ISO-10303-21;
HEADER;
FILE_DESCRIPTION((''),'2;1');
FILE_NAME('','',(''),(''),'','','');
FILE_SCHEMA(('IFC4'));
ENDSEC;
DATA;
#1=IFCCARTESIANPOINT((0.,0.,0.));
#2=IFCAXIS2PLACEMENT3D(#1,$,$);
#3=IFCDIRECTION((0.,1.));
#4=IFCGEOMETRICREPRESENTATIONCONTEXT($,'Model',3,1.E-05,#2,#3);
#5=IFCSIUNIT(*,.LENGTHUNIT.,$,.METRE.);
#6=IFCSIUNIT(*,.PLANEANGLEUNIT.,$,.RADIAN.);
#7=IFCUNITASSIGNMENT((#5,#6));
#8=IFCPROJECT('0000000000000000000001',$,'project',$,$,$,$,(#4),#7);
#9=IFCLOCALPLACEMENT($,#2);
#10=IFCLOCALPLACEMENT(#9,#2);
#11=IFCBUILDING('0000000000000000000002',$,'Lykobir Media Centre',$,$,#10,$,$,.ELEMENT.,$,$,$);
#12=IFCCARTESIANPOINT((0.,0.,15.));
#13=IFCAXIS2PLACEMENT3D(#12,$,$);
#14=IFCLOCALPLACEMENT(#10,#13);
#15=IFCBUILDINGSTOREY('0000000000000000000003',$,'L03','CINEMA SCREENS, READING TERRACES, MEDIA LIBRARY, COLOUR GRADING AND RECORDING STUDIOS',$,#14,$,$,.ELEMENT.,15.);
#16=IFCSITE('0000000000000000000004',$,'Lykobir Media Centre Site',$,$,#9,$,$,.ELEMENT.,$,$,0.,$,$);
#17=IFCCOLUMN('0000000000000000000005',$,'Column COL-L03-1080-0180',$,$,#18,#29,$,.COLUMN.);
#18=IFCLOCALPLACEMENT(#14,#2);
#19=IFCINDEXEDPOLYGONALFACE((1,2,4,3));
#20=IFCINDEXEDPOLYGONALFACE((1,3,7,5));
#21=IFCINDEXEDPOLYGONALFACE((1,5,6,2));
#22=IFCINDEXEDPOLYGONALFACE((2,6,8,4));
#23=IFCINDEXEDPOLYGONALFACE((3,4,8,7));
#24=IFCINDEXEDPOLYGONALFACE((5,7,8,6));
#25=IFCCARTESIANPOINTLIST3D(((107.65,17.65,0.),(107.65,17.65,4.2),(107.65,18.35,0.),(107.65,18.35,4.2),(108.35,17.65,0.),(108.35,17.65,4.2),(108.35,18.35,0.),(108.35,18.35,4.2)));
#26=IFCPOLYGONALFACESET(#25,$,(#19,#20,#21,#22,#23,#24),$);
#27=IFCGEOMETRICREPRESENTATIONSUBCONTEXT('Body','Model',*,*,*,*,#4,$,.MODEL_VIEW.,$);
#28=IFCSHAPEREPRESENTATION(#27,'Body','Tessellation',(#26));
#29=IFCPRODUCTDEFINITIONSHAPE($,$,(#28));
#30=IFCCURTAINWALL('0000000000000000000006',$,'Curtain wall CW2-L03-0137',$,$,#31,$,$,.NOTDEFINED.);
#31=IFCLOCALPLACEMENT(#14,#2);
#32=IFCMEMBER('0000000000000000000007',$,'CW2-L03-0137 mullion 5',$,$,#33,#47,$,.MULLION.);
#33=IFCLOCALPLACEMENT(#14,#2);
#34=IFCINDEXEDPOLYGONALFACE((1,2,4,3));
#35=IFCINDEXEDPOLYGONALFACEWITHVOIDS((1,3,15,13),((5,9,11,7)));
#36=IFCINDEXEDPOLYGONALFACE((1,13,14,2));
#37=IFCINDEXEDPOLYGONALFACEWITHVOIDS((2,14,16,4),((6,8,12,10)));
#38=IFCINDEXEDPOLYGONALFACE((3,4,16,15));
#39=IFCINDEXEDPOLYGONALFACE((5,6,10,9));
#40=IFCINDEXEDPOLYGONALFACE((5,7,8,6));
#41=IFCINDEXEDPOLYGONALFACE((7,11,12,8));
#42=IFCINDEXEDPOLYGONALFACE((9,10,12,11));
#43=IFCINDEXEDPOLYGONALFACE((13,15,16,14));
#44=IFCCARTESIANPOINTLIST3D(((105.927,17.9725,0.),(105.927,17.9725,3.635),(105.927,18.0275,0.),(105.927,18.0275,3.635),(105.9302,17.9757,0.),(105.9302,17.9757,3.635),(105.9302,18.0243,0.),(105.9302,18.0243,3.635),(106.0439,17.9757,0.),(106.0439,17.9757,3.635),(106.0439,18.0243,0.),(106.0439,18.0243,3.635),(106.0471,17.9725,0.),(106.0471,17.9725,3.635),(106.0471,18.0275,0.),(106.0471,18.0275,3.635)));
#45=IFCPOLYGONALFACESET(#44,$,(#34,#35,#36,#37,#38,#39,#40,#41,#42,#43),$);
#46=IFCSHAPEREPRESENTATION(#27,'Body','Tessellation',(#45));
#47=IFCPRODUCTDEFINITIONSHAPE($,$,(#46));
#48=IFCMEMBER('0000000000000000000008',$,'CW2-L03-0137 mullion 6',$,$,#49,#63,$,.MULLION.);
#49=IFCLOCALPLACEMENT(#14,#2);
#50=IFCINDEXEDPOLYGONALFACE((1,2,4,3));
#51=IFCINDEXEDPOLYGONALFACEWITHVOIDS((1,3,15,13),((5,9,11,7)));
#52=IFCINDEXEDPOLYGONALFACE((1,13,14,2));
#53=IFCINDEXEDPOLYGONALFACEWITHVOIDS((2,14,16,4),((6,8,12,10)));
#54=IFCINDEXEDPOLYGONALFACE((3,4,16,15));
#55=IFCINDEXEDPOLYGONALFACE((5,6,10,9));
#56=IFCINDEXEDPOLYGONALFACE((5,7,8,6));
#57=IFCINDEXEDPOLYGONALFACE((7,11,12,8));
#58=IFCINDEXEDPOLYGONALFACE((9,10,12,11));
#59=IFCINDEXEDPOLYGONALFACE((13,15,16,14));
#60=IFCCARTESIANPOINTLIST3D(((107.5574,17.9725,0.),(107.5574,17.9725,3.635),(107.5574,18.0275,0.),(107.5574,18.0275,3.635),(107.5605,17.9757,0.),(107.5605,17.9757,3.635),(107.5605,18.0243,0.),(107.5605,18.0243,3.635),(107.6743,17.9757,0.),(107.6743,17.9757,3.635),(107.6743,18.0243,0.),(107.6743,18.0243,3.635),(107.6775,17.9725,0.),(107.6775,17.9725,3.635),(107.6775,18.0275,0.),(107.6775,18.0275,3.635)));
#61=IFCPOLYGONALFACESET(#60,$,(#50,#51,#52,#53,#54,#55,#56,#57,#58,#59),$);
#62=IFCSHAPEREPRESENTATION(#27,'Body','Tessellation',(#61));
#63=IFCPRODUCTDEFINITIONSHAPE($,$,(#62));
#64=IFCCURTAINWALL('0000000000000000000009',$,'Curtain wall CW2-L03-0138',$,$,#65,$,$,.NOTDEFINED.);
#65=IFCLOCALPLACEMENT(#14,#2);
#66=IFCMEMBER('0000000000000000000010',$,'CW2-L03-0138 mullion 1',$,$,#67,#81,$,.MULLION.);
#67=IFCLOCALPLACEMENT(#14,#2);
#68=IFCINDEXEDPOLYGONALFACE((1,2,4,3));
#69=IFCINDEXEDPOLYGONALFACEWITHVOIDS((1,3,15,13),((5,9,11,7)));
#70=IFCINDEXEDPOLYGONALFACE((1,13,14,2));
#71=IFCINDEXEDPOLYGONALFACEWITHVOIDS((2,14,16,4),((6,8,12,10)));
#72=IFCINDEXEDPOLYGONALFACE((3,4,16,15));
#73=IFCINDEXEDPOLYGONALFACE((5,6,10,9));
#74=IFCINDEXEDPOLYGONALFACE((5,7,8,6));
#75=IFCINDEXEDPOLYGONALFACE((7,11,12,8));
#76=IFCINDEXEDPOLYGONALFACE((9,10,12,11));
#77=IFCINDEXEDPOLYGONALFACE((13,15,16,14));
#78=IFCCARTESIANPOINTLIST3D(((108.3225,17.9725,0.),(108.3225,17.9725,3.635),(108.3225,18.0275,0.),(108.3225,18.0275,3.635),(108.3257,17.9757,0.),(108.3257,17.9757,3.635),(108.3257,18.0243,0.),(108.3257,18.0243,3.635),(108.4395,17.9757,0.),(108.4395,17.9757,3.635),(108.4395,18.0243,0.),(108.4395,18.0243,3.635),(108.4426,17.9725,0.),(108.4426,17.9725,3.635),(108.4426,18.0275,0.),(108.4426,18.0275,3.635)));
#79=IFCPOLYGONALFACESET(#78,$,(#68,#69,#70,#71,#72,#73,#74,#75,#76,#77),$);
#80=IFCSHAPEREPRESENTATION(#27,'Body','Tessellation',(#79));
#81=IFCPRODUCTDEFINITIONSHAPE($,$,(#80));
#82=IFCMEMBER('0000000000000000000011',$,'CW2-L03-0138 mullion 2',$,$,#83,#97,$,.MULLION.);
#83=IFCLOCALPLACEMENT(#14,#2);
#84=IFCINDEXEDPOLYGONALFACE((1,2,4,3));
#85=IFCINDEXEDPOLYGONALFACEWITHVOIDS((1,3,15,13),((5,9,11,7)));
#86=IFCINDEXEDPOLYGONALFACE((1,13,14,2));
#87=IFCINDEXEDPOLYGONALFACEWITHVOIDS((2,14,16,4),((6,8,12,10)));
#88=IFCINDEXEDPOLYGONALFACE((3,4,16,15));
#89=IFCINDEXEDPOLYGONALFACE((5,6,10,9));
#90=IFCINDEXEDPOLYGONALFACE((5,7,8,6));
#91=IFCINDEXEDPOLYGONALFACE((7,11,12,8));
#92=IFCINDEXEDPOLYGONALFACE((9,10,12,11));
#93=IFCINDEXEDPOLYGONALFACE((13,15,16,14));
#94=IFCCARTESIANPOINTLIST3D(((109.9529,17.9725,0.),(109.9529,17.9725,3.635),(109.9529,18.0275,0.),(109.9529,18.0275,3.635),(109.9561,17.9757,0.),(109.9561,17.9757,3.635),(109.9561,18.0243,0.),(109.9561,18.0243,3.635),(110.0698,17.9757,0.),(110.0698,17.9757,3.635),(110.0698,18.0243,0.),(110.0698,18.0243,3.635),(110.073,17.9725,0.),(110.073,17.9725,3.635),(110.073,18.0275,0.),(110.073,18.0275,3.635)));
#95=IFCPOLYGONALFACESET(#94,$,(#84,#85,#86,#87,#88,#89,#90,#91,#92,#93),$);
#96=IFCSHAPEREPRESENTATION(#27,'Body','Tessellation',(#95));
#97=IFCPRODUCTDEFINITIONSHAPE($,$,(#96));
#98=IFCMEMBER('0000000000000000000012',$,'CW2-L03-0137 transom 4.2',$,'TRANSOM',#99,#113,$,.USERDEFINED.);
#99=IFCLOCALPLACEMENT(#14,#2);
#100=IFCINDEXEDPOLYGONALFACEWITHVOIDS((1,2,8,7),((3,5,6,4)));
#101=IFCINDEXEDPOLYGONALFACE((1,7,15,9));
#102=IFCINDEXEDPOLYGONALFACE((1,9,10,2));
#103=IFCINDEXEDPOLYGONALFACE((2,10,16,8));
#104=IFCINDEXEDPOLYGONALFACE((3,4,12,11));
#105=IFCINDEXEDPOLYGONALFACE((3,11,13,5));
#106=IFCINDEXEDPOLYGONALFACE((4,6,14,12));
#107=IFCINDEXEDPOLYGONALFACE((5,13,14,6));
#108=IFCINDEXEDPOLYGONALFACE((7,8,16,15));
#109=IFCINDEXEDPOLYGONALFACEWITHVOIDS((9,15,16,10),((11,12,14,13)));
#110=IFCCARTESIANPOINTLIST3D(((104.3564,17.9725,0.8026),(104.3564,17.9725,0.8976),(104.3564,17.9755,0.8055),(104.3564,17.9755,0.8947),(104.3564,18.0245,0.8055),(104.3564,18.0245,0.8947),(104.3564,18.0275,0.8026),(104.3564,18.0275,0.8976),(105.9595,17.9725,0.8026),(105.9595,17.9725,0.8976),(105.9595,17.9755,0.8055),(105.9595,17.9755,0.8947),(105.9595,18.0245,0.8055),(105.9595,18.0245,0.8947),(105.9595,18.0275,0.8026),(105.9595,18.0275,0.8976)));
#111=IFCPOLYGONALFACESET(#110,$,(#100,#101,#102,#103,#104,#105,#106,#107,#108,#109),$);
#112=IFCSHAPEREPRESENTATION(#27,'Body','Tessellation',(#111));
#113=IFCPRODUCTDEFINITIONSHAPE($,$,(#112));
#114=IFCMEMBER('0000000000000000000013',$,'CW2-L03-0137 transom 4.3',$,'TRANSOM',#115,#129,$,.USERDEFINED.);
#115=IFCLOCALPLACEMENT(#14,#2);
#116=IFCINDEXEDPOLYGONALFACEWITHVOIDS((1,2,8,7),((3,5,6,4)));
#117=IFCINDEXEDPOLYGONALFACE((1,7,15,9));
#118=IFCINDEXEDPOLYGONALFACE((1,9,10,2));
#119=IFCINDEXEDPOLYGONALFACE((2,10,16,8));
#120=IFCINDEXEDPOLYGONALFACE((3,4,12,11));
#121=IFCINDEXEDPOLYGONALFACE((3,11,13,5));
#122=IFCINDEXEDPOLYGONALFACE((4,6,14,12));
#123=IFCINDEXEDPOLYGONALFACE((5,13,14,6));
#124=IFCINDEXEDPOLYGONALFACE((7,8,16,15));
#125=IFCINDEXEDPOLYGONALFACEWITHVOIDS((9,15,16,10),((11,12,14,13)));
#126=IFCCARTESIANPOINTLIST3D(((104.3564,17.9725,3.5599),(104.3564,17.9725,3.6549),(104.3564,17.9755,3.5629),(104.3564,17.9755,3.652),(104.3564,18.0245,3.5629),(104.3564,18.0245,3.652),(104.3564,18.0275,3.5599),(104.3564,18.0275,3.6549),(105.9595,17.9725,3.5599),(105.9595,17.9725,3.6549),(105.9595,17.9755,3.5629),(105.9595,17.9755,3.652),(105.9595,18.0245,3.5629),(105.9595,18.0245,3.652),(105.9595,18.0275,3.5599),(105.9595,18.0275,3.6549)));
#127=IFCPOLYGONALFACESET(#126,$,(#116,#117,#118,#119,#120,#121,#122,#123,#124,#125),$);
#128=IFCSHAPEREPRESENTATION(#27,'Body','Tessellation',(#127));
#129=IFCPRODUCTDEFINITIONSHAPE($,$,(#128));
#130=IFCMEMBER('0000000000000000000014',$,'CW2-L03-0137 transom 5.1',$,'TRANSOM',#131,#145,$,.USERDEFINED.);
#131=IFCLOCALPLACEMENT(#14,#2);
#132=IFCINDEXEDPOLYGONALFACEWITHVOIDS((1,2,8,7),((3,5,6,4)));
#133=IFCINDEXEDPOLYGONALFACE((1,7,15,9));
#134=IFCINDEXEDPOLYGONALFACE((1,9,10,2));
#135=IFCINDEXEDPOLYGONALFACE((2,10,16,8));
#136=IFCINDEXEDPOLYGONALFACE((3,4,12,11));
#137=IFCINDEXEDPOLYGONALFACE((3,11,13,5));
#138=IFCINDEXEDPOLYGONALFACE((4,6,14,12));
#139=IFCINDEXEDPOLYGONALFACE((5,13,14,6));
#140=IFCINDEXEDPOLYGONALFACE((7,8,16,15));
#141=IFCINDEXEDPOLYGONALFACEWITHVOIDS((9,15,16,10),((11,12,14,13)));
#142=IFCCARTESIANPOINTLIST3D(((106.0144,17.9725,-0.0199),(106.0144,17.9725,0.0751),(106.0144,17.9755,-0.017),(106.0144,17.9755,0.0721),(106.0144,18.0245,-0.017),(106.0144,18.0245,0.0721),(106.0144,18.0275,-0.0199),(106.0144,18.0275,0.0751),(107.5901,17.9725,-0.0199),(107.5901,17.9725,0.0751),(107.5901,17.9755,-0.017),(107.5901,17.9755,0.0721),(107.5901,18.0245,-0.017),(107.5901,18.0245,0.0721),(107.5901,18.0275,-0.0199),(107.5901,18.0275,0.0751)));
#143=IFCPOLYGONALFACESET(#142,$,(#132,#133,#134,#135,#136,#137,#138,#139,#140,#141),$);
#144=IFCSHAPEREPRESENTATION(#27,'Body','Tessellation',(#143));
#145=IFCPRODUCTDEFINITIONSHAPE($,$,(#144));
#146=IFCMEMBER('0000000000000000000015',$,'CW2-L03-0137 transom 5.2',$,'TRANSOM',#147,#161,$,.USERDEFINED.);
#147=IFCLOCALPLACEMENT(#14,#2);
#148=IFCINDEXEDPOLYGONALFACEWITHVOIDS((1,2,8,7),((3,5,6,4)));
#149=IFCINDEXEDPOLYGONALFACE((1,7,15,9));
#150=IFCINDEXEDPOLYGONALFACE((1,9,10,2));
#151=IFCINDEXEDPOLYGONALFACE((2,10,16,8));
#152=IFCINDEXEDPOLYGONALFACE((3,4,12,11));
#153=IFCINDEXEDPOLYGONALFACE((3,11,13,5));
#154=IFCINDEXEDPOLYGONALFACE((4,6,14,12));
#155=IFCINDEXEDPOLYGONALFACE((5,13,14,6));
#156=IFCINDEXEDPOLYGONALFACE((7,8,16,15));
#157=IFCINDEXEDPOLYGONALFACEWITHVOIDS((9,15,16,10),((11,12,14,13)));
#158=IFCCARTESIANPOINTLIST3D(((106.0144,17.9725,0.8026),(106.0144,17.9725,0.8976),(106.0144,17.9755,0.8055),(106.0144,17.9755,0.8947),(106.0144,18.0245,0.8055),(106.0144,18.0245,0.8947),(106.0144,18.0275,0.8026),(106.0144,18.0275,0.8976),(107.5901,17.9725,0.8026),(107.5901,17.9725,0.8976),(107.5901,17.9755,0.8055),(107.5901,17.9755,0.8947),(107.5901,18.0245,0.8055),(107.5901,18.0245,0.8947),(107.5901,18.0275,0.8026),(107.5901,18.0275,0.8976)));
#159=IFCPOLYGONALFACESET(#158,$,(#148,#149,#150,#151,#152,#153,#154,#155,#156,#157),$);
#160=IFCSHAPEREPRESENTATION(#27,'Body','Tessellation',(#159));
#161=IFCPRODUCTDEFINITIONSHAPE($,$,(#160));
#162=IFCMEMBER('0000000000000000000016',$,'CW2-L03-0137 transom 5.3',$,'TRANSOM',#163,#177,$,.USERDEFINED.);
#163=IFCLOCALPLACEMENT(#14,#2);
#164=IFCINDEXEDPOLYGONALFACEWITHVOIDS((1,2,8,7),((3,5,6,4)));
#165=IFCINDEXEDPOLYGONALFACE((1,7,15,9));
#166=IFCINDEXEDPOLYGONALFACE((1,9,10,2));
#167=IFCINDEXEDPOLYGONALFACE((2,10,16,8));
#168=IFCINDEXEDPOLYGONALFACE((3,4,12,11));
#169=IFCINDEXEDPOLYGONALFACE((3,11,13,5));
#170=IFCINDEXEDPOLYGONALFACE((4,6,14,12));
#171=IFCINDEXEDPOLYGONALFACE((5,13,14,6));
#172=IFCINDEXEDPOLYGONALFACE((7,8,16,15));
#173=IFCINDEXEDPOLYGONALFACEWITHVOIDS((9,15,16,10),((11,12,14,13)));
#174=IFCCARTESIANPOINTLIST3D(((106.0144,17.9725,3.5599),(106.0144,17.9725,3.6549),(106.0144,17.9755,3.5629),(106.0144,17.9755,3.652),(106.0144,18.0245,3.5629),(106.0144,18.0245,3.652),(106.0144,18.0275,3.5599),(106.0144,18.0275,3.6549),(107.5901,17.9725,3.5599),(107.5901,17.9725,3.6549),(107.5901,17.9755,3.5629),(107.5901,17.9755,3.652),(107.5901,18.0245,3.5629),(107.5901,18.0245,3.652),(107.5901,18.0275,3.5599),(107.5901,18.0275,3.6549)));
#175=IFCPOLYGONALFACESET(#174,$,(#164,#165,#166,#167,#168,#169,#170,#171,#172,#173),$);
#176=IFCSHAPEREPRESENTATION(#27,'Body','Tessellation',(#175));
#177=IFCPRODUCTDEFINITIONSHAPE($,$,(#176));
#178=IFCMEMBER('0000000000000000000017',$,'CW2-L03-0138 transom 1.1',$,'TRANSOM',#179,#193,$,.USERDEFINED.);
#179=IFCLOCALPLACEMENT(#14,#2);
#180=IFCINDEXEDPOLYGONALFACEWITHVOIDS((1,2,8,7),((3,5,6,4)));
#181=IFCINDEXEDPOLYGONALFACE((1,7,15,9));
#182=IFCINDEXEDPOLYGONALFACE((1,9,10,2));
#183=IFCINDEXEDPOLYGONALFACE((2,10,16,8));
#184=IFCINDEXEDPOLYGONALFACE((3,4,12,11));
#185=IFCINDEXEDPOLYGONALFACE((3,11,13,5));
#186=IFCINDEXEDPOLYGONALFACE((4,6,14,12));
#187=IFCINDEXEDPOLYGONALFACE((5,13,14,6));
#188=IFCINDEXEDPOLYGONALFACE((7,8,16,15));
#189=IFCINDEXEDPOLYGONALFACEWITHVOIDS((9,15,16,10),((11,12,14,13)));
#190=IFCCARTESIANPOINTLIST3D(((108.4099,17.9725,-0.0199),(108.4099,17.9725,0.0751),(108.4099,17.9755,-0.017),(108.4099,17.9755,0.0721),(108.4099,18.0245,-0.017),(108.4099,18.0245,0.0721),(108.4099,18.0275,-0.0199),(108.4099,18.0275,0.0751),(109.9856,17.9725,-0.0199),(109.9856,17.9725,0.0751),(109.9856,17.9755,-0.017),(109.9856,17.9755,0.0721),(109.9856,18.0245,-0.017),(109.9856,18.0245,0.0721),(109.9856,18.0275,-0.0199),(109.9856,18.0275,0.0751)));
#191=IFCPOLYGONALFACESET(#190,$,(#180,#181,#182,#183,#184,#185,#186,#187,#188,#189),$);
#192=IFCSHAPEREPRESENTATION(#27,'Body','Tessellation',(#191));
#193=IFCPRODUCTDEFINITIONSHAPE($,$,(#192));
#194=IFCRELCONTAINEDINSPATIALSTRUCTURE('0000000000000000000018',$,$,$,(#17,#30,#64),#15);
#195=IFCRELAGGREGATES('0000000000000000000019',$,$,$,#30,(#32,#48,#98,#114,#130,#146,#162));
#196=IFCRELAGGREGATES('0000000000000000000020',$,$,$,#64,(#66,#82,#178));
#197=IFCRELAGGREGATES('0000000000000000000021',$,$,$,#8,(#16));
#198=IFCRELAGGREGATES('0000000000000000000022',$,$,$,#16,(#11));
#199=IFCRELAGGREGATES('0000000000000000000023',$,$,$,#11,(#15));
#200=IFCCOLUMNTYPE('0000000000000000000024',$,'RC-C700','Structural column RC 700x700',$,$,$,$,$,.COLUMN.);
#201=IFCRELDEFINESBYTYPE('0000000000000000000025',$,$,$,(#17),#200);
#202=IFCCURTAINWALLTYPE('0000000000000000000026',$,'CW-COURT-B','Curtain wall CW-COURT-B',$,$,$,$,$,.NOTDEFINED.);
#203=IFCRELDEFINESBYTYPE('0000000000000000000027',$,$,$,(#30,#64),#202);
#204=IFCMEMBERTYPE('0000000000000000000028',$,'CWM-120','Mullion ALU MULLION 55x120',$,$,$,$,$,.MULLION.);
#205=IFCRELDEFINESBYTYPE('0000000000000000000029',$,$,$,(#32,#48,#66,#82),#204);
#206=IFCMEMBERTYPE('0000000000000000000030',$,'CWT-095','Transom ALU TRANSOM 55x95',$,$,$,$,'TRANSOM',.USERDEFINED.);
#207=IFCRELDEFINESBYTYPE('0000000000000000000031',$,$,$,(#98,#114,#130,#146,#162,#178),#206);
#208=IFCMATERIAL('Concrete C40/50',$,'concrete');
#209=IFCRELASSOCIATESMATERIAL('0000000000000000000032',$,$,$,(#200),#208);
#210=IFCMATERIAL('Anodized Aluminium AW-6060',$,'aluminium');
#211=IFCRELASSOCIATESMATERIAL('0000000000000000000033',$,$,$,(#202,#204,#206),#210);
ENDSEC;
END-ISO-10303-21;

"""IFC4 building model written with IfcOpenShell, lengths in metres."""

from ifc_helpers import new_model, si_unit, direction, frame, origin, origin_2d, place, context, subcontext, project, spatial, rectangle, hollow_rectangle, extrude, material, material_profile, profile_set, type_object, element, aggregate, save


model = new_model("IFC4")

# Units and contexts
model_context = context("Model", 3, precision=1e-05, world=origin(), true_north=direction((0.0, 1.0)))
body_context = subcontext(model_context, "Body", "Model", "MODEL_VIEW")
ifc_project = project(units=[si_unit("LENGTHUNIT", "METRE"), si_unit("PLANEANGLEUNIT", "RADIAN")], contexts=[model_context])

# Site, building, storey
site_placement = place(None, origin())
site = spatial("IfcSite", under=ifc_project, at=site_placement, Name="Lykobir Media Centre Site", CompositionType="ELEMENT", RefElevation=0.0)
building_placement = place(site_placement, origin())
building = spatial("IfcBuilding", under=site, at=building_placement, Name="Lykobir Media Centre", CompositionType="ELEMENT")
storey_placement = place(building_placement, frame((0.0, 0.0, 15.0)))
storey = spatial("IfcBuildingStorey", under=building, at=storey_placement, Name="L03", Description="CINEMA SCREENS, READING TERRACES, MEDIA LIBRARY, COLOUR GRADING AND RECORDING STUDIOS", CompositionType="ELEMENT", Elevation=15.0)

# Column
ifc_material_1 = material(Name="Concrete C40/50", Category="concrete")
ifc_material_profile_1 = material_profile(ifc_material_1, rectangle(XDim=0.7, YDim=0.7, at=origin_2d()), Name="RC 700x700")
ifc_profile_set_1 = profile_set([ifc_material_profile_1], Name="Concrete C40/50")
column_type = type_object("IfcColumnType", Name="RC-C700", Description="Structural column RC 700x700", PredefinedType="COLUMN", material=ifc_profile_set_1)
column_placement = place(storey_placement, frame((108.0, 18.0, 0.0), z_axis=(0.0, 0.0, 1.0), x_axis=(1.0, 0.0, 0.0)))
element("IfcColumn", 1, at=column_placement, inside=storey, type_object=column_type, Name="Column COL-L03-1080-0180", PredefinedType="COLUMN", context=body_context, shape_type="SweptSolid", body=[
    extrude(rectangle(XDim=0.7, YDim=0.7, at=origin_2d()), origin(), (0.0, 0.0, 1.0), 4.2),
])

# Curtain walls, members
ifc_material_2 = material(Name="Anodized Aluminium AW-6060", Category="aluminium")
curtain_wall_type = type_object("IfcCurtainWallType", Name="CW-COURT-B", Description="Curtain wall CW-COURT-B", PredefinedType="NOTDEFINED", material=ifc_material_2)
curtain_wall_1_placement = place(storey_placement, origin())
curtain_wall_1 = element("IfcCurtainWall", 2, at=curtain_wall_1_placement, inside=storey, type_object=curtain_wall_type, Name="Curtain wall CW2-L03-0137", PredefinedType="NOTDEFINED")
ifc_material_profile_2 = material_profile(ifc_material_2, hollow_rectangle(XDim=0.0549, YDim=0.1201, WallThickness=0.0032, at=origin_2d()), Name="ALU MULLION 55x120")
ifc_profile_set_2 = profile_set([ifc_material_profile_2], Name="Anodized Aluminium AW-6060")
member_type_1 = type_object("IfcMemberType", Name="CWM-120", Description="Mullion ALU MULLION 55x120", PredefinedType="MULLION", material=ifc_profile_set_2)
member_1_placement = place(storey_placement, frame((105.9871, 18.0, 0.0), z_axis=(0.0, 0.0, 1.0), x_axis=(0.0, 1.0, 0.0)))
member_1 = element("IfcMember", 3, at=member_1_placement, type_object=member_type_1, Name="CW2-L03-0137 mullion 5", PredefinedType="MULLION", context=body_context, shape_type="SweptSolid", body=[
    extrude(hollow_rectangle(XDim=0.0549, YDim=0.1201, WallThickness=0.0032, at=origin_2d()), origin(), (0.0, 0.0, 1.0), 3.635),
])
member_2_placement = place(storey_placement, frame((107.6174, 18.0, 0.0), z_axis=(0.0, 0.0, 1.0), x_axis=(0.0, 1.0, 0.0)))
member_2 = element("IfcMember", 4, at=member_2_placement, type_object=member_type_1, Name="CW2-L03-0137 mullion 6", PredefinedType="MULLION", context=body_context, shape_type="SweptSolid", body=[
    extrude(hollow_rectangle(XDim=0.0549, YDim=0.1201, WallThickness=0.0032, at=origin_2d()), origin(), (0.0, 0.0, 1.0), 3.635),
])
curtain_wall_2_placement = place(storey_placement, origin())
curtain_wall_2 = element("IfcCurtainWall", 5, at=curtain_wall_2_placement, inside=storey, type_object=curtain_wall_type, Name="Curtain wall CW2-L03-0138", PredefinedType="NOTDEFINED")
member_3_placement = place(storey_placement, frame((108.3826, 18.0, 0.0), z_axis=(0.0, 0.0, 1.0), x_axis=(0.0, 1.0, 0.0)))
member_3 = element("IfcMember", 6, at=member_3_placement, type_object=member_type_1, Name="CW2-L03-0138 mullion 1", PredefinedType="MULLION", context=body_context, shape_type="SweptSolid", body=[
    extrude(hollow_rectangle(XDim=0.0549, YDim=0.1201, WallThickness=0.0032, at=origin_2d()), origin(), (0.0, 0.0, 1.0), 3.635),
])
member_4_placement = place(storey_placement, frame((110.0129, 18.0, 0.0), z_axis=(0.0, 0.0, 1.0), x_axis=(0.0, 1.0, 0.0)))
member_4 = element("IfcMember", 7, at=member_4_placement, type_object=member_type_1, Name="CW2-L03-0138 mullion 2", PredefinedType="MULLION", context=body_context, shape_type="SweptSolid", body=[
    extrude(hollow_rectangle(XDim=0.0549, YDim=0.1201, WallThickness=0.0032, at=origin_2d()), origin(), (0.0, 0.0, 1.0), 3.635),
])

# Members
ifc_material_profile_3 = material_profile(ifc_material_2, hollow_rectangle(XDim=0.0549, YDim=0.095, WallThickness=0.0029, at=origin_2d()), Name="ALU TRANSOM 55x95")
ifc_profile_set_3 = profile_set([ifc_material_profile_3], Name="Anodized Aluminium AW-6060")
member_type_2 = type_object("IfcMemberType", Name="CWT-095", Description="Transom ALU TRANSOM 55x95", ElementType="TRANSOM", PredefinedType="USERDEFINED", material=ifc_profile_set_3)
member_5_placement = place(storey_placement, frame((104.3564, 18.0, 0.8501), z_axis=(1.0, 0.0, 0.0), x_axis=(0.0, 1.0, 0.0)))
member_5 = element("IfcMember", 8, at=member_5_placement, type_object=member_type_2, Name="CW2-L03-0137 transom 4.2", ObjectType="TRANSOM", PredefinedType="USERDEFINED", context=body_context, shape_type="SweptSolid", body=[
    extrude(hollow_rectangle(XDim=0.0549, YDim=0.095, WallThickness=0.0029, at=origin_2d()), origin(), (0.0, 0.0, 1.0), 1.603),
])
member_6_placement = place(storey_placement, frame((104.3564, 18.0, 3.6074), z_axis=(1.0, 0.0, 0.0), x_axis=(0.0, 1.0, 0.0)))
member_6 = element("IfcMember", 9, at=member_6_placement, type_object=member_type_2, Name="CW2-L03-0137 transom 4.3", ObjectType="TRANSOM", PredefinedType="USERDEFINED", context=body_context, shape_type="SweptSolid", body=[
    extrude(hollow_rectangle(XDim=0.0549, YDim=0.095, WallThickness=0.0029, at=origin_2d()), origin(), (0.0, 0.0, 1.0), 1.603),
])
member_7_placement = place(storey_placement, frame((106.0144, 18.0, 0.0276), z_axis=(1.0, 0.0, 0.0), x_axis=(0.0, 1.0, 0.0)))
member_7 = element("IfcMember", 10, at=member_7_placement, type_object=member_type_2, Name="CW2-L03-0137 transom 5.1", ObjectType="TRANSOM", PredefinedType="USERDEFINED", context=body_context, shape_type="SweptSolid", body=[
    extrude(hollow_rectangle(XDim=0.0549, YDim=0.095, WallThickness=0.0029, at=origin_2d()), origin(), (0.0, 0.0, 1.0), 1.5757),
])
member_8_placement = place(storey_placement, frame((106.0144, 18.0, 0.8501), z_axis=(1.0, 0.0, 0.0), x_axis=(0.0, 1.0, 0.0)))
member_8 = element("IfcMember", 11, at=member_8_placement, type_object=member_type_2, Name="CW2-L03-0137 transom 5.2", ObjectType="TRANSOM", PredefinedType="USERDEFINED", context=body_context, shape_type="SweptSolid", body=[
    extrude(hollow_rectangle(XDim=0.0549, YDim=0.095, WallThickness=0.0029, at=origin_2d()), origin(), (0.0, 0.0, 1.0), 1.5757),
])
member_9_placement = place(storey_placement, frame((106.0144, 18.0, 3.6074), z_axis=(1.0, 0.0, 0.0), x_axis=(0.0, 1.0, 0.0)))
member_9 = element("IfcMember", 12, at=member_9_placement, type_object=member_type_2, Name="CW2-L03-0137 transom 5.3", ObjectType="TRANSOM", PredefinedType="USERDEFINED", context=body_context, shape_type="SweptSolid", body=[
    extrude(hollow_rectangle(XDim=0.0549, YDim=0.095, WallThickness=0.0029, at=origin_2d()), origin(), (0.0, 0.0, 1.0), 1.5757),
])
member_10_placement = place(storey_placement, frame((108.4099, 18.0, 0.0276), z_axis=(1.0, 0.0, 0.0), x_axis=(0.0, 1.0, 0.0)))
member_10 = element("IfcMember", 13, at=member_10_placement, type_object=member_type_2, Name="CW2-L03-0138 transom 1.1", ObjectType="TRANSOM", PredefinedType="USERDEFINED", context=body_context, shape_type="SweptSolid", body=[
    extrude(hollow_rectangle(XDim=0.0549, YDim=0.095, WallThickness=0.0029, at=origin_2d()), origin(), (0.0, 0.0, 1.0), 1.5757),
])

aggregate(curtain_wall_1, [member_1, member_2, member_5, member_6, member_7, member_8, member_9])
aggregate(curtain_wall_2, [member_3, member_4, member_10])

save(model, "model.ifc")
